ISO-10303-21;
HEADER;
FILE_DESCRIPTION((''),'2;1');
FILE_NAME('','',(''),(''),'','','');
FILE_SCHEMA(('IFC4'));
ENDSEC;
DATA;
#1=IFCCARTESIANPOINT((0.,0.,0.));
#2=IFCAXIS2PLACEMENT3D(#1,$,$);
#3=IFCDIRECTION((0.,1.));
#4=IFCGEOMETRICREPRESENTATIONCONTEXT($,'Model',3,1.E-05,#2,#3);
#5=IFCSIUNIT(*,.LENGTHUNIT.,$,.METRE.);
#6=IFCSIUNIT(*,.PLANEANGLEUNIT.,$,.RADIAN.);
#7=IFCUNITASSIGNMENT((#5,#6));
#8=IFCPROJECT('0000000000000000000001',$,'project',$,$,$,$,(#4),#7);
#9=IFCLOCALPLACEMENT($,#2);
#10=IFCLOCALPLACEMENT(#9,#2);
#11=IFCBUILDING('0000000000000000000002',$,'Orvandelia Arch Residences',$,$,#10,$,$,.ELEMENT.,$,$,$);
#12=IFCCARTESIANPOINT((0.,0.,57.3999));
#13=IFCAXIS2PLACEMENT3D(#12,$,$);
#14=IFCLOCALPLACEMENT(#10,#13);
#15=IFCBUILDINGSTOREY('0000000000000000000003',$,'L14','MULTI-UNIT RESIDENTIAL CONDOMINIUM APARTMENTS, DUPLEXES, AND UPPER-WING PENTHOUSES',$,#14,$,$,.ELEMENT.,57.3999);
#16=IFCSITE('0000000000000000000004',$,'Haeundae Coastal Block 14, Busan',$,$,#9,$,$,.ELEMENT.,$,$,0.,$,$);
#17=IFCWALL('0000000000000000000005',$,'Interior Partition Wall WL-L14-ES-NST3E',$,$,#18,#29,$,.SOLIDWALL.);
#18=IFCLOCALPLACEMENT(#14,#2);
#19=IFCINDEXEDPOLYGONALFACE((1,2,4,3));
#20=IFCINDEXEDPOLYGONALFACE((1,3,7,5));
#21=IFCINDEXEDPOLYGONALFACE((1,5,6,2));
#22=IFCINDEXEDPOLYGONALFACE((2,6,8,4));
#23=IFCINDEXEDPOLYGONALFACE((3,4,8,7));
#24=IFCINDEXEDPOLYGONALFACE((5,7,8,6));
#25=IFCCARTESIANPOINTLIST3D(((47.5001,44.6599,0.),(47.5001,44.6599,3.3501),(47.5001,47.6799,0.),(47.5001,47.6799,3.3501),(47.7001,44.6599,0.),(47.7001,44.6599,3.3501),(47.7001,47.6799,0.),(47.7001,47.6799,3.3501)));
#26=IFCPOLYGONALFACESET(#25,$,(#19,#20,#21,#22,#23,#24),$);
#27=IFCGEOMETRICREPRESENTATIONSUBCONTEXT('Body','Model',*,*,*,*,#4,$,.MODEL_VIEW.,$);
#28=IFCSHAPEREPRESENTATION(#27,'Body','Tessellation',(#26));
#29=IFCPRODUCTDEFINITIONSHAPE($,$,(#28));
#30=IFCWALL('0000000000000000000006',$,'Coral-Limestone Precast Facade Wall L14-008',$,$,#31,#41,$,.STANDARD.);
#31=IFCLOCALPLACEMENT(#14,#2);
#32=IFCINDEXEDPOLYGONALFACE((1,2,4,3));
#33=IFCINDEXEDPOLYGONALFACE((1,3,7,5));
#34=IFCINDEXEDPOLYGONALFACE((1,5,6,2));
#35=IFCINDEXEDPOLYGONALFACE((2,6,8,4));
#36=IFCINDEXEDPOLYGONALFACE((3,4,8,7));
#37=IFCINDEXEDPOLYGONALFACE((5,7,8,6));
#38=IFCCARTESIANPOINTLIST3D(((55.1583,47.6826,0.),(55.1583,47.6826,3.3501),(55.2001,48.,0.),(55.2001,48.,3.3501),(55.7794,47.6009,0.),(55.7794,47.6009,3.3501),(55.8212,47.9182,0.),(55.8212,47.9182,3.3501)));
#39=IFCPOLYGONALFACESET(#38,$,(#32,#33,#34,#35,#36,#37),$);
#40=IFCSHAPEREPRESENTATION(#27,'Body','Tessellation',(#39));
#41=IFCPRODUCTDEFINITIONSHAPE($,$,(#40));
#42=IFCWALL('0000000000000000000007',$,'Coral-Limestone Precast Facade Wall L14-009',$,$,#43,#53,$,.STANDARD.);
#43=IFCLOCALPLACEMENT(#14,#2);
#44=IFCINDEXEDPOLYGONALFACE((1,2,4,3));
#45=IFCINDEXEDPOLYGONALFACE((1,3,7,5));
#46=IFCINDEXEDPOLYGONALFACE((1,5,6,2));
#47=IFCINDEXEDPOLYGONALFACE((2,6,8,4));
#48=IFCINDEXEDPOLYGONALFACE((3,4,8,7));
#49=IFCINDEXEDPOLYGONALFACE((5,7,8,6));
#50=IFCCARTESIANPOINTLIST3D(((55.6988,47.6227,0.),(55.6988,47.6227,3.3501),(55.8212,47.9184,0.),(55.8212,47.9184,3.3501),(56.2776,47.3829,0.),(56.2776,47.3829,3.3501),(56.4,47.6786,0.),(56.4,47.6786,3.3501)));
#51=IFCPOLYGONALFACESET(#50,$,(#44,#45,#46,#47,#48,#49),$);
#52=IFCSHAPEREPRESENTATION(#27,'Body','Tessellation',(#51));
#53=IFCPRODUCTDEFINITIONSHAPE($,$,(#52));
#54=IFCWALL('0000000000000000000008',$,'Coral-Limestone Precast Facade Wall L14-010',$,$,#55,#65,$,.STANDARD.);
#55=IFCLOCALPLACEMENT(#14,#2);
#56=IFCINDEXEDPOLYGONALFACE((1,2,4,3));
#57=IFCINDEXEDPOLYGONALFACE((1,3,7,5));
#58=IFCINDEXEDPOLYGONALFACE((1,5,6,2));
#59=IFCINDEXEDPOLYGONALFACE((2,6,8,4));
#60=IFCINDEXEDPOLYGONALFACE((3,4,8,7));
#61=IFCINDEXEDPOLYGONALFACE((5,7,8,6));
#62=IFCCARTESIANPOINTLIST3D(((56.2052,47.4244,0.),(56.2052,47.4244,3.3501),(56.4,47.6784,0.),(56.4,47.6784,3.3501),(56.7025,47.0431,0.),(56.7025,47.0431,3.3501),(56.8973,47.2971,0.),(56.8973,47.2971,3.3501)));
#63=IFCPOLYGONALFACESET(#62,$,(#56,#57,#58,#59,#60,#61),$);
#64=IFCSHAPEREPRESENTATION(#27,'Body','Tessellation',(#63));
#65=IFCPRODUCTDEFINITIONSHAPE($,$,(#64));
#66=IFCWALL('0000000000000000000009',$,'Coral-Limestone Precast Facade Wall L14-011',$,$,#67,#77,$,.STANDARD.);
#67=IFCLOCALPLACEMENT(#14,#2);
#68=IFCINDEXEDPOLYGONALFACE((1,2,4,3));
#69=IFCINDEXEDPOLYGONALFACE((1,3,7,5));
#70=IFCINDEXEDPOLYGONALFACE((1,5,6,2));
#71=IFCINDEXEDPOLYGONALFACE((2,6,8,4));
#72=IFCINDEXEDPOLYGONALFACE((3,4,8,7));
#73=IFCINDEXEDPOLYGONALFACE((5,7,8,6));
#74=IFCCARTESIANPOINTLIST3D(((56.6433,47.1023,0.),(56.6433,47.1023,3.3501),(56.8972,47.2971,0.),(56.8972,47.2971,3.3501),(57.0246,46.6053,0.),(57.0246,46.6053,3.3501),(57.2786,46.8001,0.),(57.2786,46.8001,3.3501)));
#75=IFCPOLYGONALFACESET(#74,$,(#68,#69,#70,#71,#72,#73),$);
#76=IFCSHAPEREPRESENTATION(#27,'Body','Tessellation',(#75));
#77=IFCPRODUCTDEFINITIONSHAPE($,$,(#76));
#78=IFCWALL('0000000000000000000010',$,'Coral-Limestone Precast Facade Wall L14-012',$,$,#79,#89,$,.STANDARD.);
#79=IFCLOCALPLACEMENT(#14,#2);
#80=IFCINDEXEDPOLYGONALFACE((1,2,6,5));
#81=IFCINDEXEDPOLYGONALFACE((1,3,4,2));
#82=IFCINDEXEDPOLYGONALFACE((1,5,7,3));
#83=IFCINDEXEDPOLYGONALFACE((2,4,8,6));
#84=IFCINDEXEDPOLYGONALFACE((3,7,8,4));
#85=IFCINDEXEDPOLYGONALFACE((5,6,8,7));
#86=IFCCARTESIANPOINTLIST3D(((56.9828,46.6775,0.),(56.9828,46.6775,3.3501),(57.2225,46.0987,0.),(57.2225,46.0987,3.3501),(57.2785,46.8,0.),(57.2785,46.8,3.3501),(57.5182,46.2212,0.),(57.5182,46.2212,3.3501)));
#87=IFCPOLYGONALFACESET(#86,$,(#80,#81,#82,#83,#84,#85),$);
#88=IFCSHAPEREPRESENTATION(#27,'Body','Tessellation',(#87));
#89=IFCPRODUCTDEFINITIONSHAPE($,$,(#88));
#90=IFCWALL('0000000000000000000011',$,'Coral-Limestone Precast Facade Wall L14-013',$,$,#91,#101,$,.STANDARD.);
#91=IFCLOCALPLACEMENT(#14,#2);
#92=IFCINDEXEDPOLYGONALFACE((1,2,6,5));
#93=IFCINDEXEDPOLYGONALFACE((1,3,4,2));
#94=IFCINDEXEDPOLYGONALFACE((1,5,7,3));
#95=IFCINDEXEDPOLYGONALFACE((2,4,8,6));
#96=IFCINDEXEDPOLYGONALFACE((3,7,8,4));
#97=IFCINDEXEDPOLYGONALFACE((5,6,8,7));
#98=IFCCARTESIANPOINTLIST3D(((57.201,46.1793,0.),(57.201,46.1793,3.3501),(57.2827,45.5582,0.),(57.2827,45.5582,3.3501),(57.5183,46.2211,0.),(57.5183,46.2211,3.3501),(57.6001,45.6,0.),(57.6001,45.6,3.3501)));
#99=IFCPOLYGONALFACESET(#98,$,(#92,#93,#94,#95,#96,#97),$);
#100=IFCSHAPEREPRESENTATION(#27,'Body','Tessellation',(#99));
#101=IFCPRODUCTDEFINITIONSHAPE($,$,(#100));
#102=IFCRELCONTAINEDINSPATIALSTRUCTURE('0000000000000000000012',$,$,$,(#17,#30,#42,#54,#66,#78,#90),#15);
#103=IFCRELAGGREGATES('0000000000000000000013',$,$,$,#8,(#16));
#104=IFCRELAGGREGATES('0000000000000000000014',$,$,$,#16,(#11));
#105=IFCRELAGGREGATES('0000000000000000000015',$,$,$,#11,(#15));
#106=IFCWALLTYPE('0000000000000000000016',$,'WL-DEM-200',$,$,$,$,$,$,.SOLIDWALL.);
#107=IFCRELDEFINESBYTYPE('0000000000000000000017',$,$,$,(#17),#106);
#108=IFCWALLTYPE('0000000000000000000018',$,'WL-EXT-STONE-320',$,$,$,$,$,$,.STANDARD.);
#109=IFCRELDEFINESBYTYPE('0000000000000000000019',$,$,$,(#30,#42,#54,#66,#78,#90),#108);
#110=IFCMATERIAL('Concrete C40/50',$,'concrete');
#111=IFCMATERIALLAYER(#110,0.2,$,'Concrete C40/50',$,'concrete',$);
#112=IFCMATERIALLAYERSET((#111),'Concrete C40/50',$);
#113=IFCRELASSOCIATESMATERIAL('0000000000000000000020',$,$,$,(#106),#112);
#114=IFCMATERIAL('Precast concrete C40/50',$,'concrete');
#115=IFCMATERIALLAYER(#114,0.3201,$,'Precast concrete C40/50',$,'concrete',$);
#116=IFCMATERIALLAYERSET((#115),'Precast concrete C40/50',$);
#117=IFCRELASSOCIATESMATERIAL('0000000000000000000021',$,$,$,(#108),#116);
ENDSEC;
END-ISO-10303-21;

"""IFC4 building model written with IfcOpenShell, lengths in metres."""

from ifc_helpers import new_model, si_unit, direction, frame, frame_2d, origin, place, context, subcontext, project, spatial, rectangle, extrude, material, layer, layer_set, type_object, element, save


model = new_model("IFC4")

# Units and contexts
model_context = context("Model", 3, precision=1e-05, world=origin(), true_north=direction((0.0, 1.0)))
body_context = subcontext(model_context, "Body", "Model", "MODEL_VIEW")
ifc_project = project(units=[si_unit("LENGTHUNIT", "METRE"), si_unit("PLANEANGLEUNIT", "RADIAN")], contexts=[model_context])

# Site, building, storey
site_placement = place(None, origin())
site = spatial("IfcSite", under=ifc_project, at=site_placement, Name="Haeundae Coastal Block 14, Busan", CompositionType="ELEMENT", RefElevation=0.0)
building_placement = place(site_placement, origin())
building = spatial("IfcBuilding", under=site, at=building_placement, Name="Orvandelia Arch Residences", CompositionType="ELEMENT")
storey_placement = place(building_placement, frame((0.0, 0.0, 57.3999)))
storey = spatial("IfcBuildingStorey", under=building, at=storey_placement, Name="L14", Description="MULTI-UNIT RESIDENTIAL CONDOMINIUM APARTMENTS, DUPLEXES, AND UPPER-WING PENTHOUSES", CompositionType="ELEMENT", Elevation=57.3999)

# Walls
ifc_material_1 = material(Name="Concrete C40/50", Category="concrete")
ifc_layer_1 = layer(ifc_material_1, 0.2, Name="Concrete C40/50", Category="concrete")
ifc_layer_set_1 = layer_set([ifc_layer_1], Name="Concrete C40/50")
wall_type_1 = type_object("IfcWallType", Name="WL-DEM-200", PredefinedType="SOLIDWALL", material=ifc_layer_set_1)
wall_1_placement = place(storey_placement, frame((47.6001, 44.6599, 0.0), z_axis=(0.0, 0.0, 1.0), x_axis=(0.0, 1.0, 0.0)))
element("IfcWall", 1, at=wall_1_placement, inside=storey, type_object=wall_type_1, Name="Interior Partition Wall WL-L14-ES-NST3E", PredefinedType="SOLIDWALL", context=body_context, shape_type="SweptSolid", body=[
    extrude(rectangle(XDim=3.02, YDim=0.2, at=frame_2d((1.51, 0.0))), origin(), (0.0, 0.0, 1.0), 3.3501),
])
ifc_material_2 = material(Name="Precast concrete C40/50", Category="concrete")
ifc_layer_2 = layer(ifc_material_2, 0.3201, Name="Precast concrete C40/50", Category="concrete")
ifc_layer_set_2 = layer_set([ifc_layer_2], Name="Precast concrete C40/50")
wall_type_2 = type_object("IfcWallType", Name="WL-EXT-STONE-320", PredefinedType="STANDARD", material=ifc_layer_set_2)
for number, where, z_axis, x_axis, name in (
    (2, (55.1792, 47.8413, 0.0), (0.0, 0.0, 1.0), (0.991441, -0.130555, 0.0), "Coral-Limestone Precast Facade Wall L14-008"),
    (3, (55.76, 47.7705, 0.0), (0.0, 0.0, 1.0), (0.923893, -0.38265, 0.0), "Coral-Limestone Precast Facade Wall L14-009"),
):
    element("IfcWall", number, at=place(storey_placement, frame(where, z_axis=z_axis, x_axis=x_axis)), inside=storey, type_object=wall_type_2, Name=name, PredefinedType="STANDARD", context=body_context, shape_type="SweptSolid", body=[
        extrude(rectangle(XDim=0.6265, YDim=0.3201, at=frame_2d((0.3132, 0.0))), origin(), (0.0, 0.0, 1.0), 3.3501),
    ])
wall_2_placement = place(storey_placement, frame((56.3025, 47.5515, 0.0), z_axis=(0.0, 0.0, 1.0), x_axis=(0.79355, -0.608505, 0.0)))
element("IfcWall", 4, at=wall_2_placement, inside=storey, type_object=wall_type_2, Name="Coral-Limestone Precast Facade Wall L14-010", PredefinedType="STANDARD", context=body_context, shape_type="SweptSolid", body=[
    extrude(rectangle(XDim=0.6267, YDim=0.3201, at=frame_2d((0.3135, 0.0))), origin(), (0.0, 0.0, 1.0), 3.3501),
])
for number, where, z_axis, x_axis, name in (
    (5, (56.7703, 47.1997, 0.0), (0.0, 0.0, 1.0), (0.608693, -0.793406, 0.0), "Coral-Limestone Precast Facade Wall L14-011"),
    (6, (57.1306, 46.7388, 0.0), (0.0, 0.0, 1.0), (0.38265, -0.923893, 0.0), "Coral-Limestone Precast Facade Wall L14-012"),
    (7, (57.3596, 46.2002, 0.0), (0.0, 0.0, 1.0), (0.130555, -0.991441, 0.0), "Coral-Limestone Precast Facade Wall L14-013"),
):
    element("IfcWall", number, at=place(storey_placement, frame(where, z_axis=z_axis, x_axis=x_axis)), inside=storey, type_object=wall_type_2, Name=name, PredefinedType="STANDARD", context=body_context, shape_type="SweptSolid", body=[
        extrude(rectangle(XDim=0.6265, YDim=0.3201, at=frame_2d((0.3132, 0.0))), origin(), (0.0, 0.0, 1.0), 3.3501),
    ])

save(model, "model.ifc")
